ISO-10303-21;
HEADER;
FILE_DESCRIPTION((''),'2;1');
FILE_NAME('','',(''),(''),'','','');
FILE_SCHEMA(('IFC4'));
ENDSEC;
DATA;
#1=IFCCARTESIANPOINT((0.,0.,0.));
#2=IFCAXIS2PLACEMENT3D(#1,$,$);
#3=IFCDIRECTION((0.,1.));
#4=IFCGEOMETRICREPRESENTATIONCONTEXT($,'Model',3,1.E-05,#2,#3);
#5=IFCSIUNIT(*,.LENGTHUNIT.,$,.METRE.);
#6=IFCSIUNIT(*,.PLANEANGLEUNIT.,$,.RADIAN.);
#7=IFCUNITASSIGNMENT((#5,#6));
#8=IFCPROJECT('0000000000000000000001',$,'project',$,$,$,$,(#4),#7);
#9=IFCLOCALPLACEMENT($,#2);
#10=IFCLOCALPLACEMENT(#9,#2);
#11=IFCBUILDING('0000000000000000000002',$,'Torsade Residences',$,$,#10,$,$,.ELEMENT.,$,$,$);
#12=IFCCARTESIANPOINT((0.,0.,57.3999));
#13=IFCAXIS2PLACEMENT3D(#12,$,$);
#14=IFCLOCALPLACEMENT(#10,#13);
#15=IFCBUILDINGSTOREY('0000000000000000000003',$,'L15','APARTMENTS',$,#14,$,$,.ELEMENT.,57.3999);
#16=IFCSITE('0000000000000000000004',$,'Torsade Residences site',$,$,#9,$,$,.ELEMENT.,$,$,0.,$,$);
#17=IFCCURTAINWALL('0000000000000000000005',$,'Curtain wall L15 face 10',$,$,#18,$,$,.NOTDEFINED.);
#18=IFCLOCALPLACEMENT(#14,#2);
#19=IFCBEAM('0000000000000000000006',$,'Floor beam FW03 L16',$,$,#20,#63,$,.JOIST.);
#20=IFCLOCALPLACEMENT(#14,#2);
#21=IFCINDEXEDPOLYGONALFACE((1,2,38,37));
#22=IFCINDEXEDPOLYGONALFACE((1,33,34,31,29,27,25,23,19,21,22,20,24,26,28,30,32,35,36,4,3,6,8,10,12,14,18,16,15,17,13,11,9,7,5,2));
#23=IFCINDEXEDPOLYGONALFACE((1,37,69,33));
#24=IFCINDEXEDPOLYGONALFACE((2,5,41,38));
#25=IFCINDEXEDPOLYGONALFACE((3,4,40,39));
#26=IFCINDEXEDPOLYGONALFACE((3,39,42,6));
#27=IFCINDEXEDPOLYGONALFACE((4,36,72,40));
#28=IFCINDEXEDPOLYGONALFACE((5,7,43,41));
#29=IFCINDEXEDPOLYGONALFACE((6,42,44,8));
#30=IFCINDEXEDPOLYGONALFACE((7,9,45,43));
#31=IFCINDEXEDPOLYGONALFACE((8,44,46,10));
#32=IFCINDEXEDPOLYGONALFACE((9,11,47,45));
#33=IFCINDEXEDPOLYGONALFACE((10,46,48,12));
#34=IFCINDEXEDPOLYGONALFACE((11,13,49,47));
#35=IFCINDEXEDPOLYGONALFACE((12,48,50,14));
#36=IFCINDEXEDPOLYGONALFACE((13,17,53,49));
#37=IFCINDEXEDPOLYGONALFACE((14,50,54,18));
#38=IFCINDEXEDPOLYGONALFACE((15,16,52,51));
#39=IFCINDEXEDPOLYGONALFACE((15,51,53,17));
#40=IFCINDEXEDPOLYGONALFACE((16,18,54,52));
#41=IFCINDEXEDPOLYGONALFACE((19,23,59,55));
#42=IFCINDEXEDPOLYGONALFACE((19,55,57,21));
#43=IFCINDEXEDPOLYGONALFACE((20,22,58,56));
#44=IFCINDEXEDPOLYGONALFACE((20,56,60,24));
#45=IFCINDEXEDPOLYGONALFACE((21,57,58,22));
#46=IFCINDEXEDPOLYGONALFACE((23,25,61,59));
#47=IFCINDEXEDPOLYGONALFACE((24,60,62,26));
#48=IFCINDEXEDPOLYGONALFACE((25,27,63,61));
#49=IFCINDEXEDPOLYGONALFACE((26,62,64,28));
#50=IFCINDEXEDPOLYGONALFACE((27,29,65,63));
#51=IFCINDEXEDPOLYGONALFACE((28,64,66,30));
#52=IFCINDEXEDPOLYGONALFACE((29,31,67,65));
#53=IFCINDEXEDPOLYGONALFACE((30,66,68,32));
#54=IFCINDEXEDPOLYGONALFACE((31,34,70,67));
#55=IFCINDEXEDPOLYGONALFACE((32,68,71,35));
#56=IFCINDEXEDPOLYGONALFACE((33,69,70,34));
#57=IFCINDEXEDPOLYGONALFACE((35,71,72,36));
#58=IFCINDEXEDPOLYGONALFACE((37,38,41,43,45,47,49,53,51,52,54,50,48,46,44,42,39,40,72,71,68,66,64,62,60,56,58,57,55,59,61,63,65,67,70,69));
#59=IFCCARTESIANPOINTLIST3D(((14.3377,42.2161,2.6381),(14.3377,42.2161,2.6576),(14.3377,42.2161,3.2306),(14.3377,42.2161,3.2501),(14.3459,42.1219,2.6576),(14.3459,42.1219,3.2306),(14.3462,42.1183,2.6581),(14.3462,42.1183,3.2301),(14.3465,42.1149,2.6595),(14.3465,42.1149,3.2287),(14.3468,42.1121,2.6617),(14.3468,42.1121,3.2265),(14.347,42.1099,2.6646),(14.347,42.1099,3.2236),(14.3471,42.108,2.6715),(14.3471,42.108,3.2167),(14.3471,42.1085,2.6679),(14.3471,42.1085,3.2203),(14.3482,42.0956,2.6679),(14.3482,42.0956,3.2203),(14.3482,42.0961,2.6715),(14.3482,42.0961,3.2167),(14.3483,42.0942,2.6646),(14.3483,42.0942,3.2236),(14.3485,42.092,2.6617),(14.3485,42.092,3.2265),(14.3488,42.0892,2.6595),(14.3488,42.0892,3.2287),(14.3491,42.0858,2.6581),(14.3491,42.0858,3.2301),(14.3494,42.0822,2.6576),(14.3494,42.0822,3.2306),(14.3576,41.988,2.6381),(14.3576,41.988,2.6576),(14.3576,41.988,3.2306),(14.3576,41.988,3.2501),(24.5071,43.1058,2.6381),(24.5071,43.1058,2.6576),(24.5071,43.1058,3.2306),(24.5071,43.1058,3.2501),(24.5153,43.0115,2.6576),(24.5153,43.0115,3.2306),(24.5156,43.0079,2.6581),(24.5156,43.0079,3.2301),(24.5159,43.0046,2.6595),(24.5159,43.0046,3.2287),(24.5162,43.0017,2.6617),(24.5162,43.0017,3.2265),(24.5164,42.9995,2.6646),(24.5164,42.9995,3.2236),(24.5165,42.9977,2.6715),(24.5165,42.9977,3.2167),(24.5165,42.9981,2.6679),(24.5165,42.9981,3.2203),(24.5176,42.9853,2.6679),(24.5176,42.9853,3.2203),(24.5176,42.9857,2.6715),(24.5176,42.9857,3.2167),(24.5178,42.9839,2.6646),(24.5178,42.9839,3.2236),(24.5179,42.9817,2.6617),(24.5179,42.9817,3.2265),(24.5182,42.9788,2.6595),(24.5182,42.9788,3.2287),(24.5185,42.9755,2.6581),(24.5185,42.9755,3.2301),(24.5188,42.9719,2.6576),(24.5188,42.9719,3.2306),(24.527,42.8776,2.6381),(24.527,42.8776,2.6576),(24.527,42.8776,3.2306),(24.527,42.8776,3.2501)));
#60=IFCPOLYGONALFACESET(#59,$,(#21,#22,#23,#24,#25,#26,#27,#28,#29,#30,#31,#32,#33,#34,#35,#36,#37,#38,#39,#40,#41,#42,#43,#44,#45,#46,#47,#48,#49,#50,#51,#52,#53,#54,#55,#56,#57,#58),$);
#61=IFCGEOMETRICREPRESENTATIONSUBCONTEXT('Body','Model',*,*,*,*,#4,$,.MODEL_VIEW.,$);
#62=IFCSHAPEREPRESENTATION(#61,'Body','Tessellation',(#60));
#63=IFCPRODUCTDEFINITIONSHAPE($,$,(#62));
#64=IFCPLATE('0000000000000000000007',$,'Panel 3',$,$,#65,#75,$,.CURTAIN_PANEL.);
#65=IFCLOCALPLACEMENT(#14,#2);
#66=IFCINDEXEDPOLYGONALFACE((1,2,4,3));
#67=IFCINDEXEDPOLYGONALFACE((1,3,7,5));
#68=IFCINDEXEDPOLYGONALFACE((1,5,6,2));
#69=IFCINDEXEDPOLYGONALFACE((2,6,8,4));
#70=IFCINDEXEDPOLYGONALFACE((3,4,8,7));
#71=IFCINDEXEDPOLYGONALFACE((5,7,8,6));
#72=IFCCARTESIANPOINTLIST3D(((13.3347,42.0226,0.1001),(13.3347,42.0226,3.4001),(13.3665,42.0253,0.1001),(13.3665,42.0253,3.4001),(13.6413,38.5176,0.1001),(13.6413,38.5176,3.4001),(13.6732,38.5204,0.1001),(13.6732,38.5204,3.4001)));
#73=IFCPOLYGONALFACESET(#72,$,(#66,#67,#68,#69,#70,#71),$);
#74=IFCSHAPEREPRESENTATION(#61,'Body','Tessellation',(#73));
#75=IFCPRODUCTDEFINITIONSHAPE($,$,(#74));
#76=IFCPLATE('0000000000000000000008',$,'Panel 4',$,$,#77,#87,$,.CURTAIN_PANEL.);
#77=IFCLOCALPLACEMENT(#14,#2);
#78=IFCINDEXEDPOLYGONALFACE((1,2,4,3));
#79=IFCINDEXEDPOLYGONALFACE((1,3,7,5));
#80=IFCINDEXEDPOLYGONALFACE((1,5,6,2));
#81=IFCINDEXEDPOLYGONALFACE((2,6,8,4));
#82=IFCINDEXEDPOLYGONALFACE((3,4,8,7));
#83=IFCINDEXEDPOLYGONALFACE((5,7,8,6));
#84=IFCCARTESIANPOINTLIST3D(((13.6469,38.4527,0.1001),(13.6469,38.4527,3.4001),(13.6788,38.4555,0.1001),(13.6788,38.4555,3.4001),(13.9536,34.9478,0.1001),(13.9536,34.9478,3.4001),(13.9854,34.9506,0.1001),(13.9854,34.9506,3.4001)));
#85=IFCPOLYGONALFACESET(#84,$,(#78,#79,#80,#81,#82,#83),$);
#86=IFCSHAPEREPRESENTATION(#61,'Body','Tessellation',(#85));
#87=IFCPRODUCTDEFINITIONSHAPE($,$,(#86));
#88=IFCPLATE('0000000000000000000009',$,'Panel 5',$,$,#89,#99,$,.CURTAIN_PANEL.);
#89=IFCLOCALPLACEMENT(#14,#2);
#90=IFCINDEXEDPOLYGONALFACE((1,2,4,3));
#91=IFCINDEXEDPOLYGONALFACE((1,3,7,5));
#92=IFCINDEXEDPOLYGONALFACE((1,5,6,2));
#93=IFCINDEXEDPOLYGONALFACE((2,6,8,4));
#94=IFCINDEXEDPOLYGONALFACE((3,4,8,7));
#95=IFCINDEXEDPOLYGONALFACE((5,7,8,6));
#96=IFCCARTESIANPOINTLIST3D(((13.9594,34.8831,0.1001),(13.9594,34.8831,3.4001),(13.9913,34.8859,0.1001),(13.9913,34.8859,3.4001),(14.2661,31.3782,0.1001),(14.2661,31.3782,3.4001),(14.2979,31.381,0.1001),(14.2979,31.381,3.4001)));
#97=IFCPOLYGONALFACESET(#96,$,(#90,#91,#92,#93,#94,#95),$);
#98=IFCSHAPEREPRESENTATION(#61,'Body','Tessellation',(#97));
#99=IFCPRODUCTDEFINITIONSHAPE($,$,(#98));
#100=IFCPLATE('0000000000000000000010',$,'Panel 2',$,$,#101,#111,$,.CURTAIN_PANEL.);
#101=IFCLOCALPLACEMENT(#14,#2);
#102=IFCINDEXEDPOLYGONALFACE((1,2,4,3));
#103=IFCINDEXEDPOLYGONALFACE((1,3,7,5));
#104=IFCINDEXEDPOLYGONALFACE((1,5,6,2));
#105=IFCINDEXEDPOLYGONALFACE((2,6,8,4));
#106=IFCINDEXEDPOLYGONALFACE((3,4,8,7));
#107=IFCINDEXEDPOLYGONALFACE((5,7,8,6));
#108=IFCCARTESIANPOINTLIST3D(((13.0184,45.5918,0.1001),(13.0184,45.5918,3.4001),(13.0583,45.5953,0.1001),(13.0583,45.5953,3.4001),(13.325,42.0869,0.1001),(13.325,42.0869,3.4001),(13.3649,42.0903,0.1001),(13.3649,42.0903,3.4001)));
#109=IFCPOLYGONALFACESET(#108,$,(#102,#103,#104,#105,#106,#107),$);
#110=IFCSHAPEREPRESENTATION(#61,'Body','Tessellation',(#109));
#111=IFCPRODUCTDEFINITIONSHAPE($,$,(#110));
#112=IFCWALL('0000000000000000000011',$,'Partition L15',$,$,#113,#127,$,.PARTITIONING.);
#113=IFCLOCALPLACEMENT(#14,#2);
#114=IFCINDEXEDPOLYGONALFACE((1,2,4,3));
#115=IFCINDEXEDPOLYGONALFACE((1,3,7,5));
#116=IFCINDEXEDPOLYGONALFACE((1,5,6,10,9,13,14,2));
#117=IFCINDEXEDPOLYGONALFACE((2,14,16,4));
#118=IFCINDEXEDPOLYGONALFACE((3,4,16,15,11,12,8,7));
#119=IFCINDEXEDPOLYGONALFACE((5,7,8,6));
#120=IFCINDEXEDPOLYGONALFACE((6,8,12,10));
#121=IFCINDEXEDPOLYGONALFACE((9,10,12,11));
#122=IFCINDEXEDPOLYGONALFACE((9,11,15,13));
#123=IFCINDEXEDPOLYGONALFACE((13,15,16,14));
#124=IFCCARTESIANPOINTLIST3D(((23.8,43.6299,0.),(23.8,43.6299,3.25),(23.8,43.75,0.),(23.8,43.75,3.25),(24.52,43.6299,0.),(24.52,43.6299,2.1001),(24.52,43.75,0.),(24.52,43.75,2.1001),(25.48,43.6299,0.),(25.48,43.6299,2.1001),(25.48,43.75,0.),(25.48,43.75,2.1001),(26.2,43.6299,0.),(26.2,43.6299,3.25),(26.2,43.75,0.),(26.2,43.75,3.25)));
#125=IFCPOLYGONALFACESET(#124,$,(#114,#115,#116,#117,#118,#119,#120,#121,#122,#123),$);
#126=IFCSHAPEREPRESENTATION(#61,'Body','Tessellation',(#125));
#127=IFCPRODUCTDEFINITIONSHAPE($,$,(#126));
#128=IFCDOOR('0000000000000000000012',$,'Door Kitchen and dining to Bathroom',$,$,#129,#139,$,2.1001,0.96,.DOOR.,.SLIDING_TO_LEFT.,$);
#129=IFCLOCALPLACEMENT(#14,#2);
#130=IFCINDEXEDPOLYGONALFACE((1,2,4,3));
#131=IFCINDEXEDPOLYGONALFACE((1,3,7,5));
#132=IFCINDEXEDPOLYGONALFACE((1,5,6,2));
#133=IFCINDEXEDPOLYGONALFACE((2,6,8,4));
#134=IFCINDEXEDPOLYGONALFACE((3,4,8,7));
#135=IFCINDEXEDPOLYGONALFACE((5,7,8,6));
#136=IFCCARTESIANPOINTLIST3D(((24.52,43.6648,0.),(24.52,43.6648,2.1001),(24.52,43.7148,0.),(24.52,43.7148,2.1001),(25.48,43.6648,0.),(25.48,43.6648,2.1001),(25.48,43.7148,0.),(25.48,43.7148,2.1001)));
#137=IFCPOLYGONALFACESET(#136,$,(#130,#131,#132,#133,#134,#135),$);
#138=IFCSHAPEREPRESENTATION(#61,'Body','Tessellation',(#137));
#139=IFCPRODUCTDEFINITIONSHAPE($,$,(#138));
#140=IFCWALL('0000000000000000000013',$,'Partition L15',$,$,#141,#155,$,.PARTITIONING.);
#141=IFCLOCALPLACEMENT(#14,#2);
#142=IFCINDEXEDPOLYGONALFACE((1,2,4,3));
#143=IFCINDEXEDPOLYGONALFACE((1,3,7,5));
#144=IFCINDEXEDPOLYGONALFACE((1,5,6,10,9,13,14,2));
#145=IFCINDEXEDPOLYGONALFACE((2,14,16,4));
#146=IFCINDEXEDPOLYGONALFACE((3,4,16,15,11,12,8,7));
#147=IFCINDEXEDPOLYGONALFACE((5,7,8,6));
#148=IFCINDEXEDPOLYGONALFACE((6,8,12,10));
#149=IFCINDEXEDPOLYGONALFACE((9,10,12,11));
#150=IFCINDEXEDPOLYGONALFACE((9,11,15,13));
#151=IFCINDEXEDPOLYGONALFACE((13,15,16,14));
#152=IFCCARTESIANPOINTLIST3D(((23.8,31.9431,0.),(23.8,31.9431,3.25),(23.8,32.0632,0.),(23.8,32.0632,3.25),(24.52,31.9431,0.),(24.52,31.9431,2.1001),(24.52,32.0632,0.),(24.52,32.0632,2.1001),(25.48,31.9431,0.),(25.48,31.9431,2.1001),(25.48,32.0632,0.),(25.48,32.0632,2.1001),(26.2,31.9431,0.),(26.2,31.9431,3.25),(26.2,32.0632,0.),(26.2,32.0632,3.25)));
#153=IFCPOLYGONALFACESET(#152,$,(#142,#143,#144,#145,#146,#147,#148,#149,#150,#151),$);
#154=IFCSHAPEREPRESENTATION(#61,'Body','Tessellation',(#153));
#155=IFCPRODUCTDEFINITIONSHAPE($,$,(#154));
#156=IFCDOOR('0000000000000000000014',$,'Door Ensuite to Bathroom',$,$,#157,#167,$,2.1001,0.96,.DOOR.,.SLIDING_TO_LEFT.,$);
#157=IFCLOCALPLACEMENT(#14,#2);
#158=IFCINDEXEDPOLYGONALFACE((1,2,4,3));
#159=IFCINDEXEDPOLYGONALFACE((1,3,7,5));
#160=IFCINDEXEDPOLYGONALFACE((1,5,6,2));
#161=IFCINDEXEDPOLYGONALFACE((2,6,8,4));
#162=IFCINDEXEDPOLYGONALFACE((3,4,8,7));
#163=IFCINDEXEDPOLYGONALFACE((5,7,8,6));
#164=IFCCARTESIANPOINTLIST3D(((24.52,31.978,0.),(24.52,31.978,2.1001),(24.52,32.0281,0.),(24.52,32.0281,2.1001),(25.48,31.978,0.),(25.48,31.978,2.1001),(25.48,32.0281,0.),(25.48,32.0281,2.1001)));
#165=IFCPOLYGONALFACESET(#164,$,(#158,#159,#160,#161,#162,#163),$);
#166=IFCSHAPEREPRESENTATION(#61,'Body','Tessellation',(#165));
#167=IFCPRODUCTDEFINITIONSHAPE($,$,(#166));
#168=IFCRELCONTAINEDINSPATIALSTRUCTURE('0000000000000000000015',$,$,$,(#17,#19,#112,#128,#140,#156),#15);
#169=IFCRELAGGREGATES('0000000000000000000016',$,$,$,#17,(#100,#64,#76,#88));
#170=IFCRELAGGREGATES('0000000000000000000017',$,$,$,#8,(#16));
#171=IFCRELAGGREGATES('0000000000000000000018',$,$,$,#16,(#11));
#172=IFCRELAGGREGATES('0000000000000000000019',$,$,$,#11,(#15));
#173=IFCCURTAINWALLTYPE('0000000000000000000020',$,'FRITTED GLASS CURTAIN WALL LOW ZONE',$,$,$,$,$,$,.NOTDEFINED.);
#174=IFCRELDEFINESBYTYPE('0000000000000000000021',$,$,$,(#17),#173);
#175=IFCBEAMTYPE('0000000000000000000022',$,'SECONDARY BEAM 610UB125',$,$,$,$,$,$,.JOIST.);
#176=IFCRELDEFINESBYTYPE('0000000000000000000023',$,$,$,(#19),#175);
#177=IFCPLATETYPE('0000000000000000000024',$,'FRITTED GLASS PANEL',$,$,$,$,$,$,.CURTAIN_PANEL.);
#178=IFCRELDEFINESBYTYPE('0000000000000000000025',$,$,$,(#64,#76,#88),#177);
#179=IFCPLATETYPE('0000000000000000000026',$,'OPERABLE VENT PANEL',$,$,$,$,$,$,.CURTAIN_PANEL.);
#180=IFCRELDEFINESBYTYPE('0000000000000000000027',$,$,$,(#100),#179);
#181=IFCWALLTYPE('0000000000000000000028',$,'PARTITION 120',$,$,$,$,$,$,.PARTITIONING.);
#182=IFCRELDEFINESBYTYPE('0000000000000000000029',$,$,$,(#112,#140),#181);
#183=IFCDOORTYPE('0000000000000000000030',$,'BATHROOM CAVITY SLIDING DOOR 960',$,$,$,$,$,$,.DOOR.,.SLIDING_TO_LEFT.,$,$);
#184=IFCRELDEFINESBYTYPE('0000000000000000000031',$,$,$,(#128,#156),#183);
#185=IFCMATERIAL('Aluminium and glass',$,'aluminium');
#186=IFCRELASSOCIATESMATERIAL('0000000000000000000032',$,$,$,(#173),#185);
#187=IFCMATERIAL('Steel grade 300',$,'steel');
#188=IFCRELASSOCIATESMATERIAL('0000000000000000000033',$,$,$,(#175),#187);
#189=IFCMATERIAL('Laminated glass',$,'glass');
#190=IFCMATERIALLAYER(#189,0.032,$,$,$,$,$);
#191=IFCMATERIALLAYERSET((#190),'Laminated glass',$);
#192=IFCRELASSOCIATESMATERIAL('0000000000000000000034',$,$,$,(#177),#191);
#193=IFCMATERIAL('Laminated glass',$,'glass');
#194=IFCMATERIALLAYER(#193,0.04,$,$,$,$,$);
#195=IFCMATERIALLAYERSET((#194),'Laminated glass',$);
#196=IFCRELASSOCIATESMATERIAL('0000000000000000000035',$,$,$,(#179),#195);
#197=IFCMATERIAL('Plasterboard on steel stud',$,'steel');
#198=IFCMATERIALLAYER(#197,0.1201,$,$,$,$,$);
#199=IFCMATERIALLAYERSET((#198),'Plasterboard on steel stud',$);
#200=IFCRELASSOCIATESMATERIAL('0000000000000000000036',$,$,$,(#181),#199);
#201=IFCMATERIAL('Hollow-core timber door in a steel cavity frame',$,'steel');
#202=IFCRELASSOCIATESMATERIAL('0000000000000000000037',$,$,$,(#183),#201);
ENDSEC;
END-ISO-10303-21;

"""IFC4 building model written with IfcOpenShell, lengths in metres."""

from ifc_helpers import new_model, si_unit, direction, frame, frame_2d, origin, origin_2d, place, context, subcontext, project, spatial, rectangle, i_section, extrude, material, layer, layer_set, material_profile, profile_set, type_object, element, fill, aggregate, save


model = new_model("IFC4")

# Units and contexts
model_context = context("Model", 3, precision=1e-05, world=origin(), true_north=direction((0.0, 1.0)))
body_context = subcontext(model_context, "Body", "Model", "MODEL_VIEW")
ifc_project = project(units=[si_unit("LENGTHUNIT", "METRE"), si_unit("PLANEANGLEUNIT", "RADIAN")], contexts=[model_context])

# Site, building, storey
site_placement = place(None, origin())
site = spatial("IfcSite", under=ifc_project, at=site_placement, Name="Torsade Residences site", CompositionType="ELEMENT", RefElevation=0.0)
building_placement = place(site_placement, origin())
building = spatial("IfcBuilding", under=site, at=building_placement, Name="Torsade Residences", CompositionType="ELEMENT")
storey_placement = place(building_placement, frame((0.0, 0.0, 57.3999)))
storey = spatial("IfcBuildingStorey", under=building, at=storey_placement, Name="L15", Description="APARTMENTS", CompositionType="ELEMENT", Elevation=57.3999)

# Curtain wall
ifc_material_1 = material(Name="Aluminium and glass", Category="aluminium")
curtain_wall_type = type_object("IfcCurtainWallType", Name="FRITTED GLASS CURTAIN WALL LOW ZONE", PredefinedType="NOTDEFINED", material=ifc_material_1)
curtain_wall_placement = place(storey_placement, origin())
curtain_wall = element("IfcCurtainWall", 1, at=curtain_wall_placement, inside=storey, type_object=curtain_wall_type, Name="Curtain wall L15 face 10", PredefinedType="NOTDEFINED")

# Beam
ifc_material_2 = material(Name="Steel grade 300", Category="steel")
ifc_material_profile_1 = material_profile(ifc_material_2, i_section(OverallWidth=0.229, OverallDepth=0.6121, WebThickness=0.012, FlangeThickness=0.0195, FilletRadius=0.0139, at=origin_2d()), Name="610UB125")
ifc_profile_set_1 = profile_set([ifc_material_profile_1], Name="Steel grade 300")
beam_type_1 = type_object("IfcBeamType", Name="SECONDARY BEAM 610UB125", PredefinedType="JOIST", material=ifc_profile_set_1)
beam_1_placement = place(storey_placement, frame((14.3477, 42.1021, 2.9441), z_axis=(0.996195, 0.08715, 0.0), x_axis=(-0.08715, 0.996195, 0.0)))
element("IfcBeam", 2, at=beam_1_placement, inside=storey, type_object=beam_type_1, Name="Floor beam FW03 L16", PredefinedType="JOIST", context=body_context, shape_type="SweptSolid", body=[
    extrude(i_section(OverallWidth=0.229, OverallDepth=0.6121, WebThickness=0.012, FlangeThickness=0.0195, FilletRadius=0.0139, at=origin_2d()), origin(), (0.0, 0.0, 1.0), 10.2083),
])

# Plates
ifc_material_3 = material(Name="Laminated glass", Category="glass")
ifc_layer_1 = layer(ifc_material_3, 0.032)
ifc_layer_set_1 = layer_set([ifc_layer_1], Name="Laminated glass")
plate_type_1 = type_object("IfcPlateType", Name="FRITTED GLASS PANEL", PredefinedType="CURTAIN_PANEL", material=ifc_layer_set_1)
plate_1_placement = place(storey_placement, frame((13.5039, 40.2715, 0.1001), z_axis=(0.0, 0.0, 1.0), x_axis=(0.087156, -0.996195, 0.0)))
plate_1 = element("IfcPlate", 3, at=plate_1_placement, type_object=plate_type_1, Name="Panel 3", PredefinedType="CURTAIN_PANEL", context=body_context, shape_type="SweptSolid", body=[
    extrude(rectangle(XDim=3.5183, YDim=0.032, at=origin_2d()), origin(), (0.0, 0.0, 1.0), 3.3),
])
plate_2_placement = place(storey_placement, frame((13.8162, 36.7017, 0.1001), z_axis=(0.0, 0.0, 1.0), x_axis=(0.087156, -0.996195, 0.0)))
plate_2 = element("IfcPlate", 4, at=plate_2_placement, type_object=plate_type_1, Name="Panel 4", PredefinedType="CURTAIN_PANEL", context=body_context, shape_type="SweptSolid", body=[
    extrude(rectangle(XDim=3.5183, YDim=0.032, at=origin_2d()), origin(), (0.0, 0.0, 1.0), 3.3),
])
plate_3_placement = place(storey_placement, frame((14.1287, 33.1321, 0.1001), z_axis=(0.0, 0.0, 1.0), x_axis=(0.087156, -0.996195, 0.0)))
plate_3 = element("IfcPlate", 5, at=plate_3_placement, type_object=plate_type_1, Name="Panel 5", PredefinedType="CURTAIN_PANEL", context=body_context, shape_type="SweptSolid", body=[
    extrude(rectangle(XDim=3.5183, YDim=0.032, at=origin_2d()), origin(), (0.0, 0.0, 1.0), 3.3),
])
ifc_material_4 = material(Name="Laminated glass", Category="glass")
ifc_layer_2 = layer(ifc_material_4, 0.04)
ifc_layer_set_2 = layer_set([ifc_layer_2], Name="Laminated glass")
plate_type_2 = type_object("IfcPlateType", Name="OPERABLE VENT PANEL", PredefinedType="CURTAIN_PANEL", material=ifc_layer_set_2)
plate_4_placement = place(storey_placement, frame((13.1917, 43.8411, 0.1001), z_axis=(0.0, 0.0, 1.0), x_axis=(0.087156, -0.996195, 0.0)))
plate_4 = element("IfcPlate", 6, at=plate_4_placement, type_object=plate_type_2, Name="Panel 2", PredefinedType="CURTAIN_PANEL", context=body_context, shape_type="SweptSolid", body=[
    extrude(rectangle(XDim=3.5183, YDim=0.04, at=origin_2d()), origin(), (0.0, 0.0, 1.0), 3.3),
])
aggregate(curtain_wall, [plate_4, plate_1, plate_2, plate_3])

# Walls, openings, doors
ifc_material_5 = material(Name="Plasterboard on steel stud", Category="steel")
ifc_layer_3 = layer(ifc_material_5, 0.1201)
ifc_layer_set_3 = layer_set([ifc_layer_3], Name="Plasterboard on steel stud")
wall_type_1 = type_object("IfcWallType", Name="PARTITION 120", PredefinedType="PARTITIONING", material=ifc_layer_set_3)
wall_1_placement = place(storey_placement, frame((23.8, 43.6899, 0.0), z_axis=(0.0, 0.0, 1.0), x_axis=(1.0, 0.0, 0.0)))
wall_1 = element("IfcWall", 7, at=wall_1_placement, inside=storey, type_object=wall_type_1, Name="Partition L15", PredefinedType="PARTITIONING", context=body_context, shape_type="SweptSolid", body=[
    extrude(rectangle(XDim=2.3999, YDim=0.1201, at=frame_2d((1.2, 0.0))), origin(), (0.0, 0.0, 1.0), 3.25),
])
opening_1_placement = place(wall_1_placement, frame((0.72, 0.0, 0.0)))
opening_1 = element("IfcOpeningElement", 8, at=opening_1_placement, cuts=wall_1, PredefinedType="OPENING", context=body_context, shape_type="SweptSolid", body=[
    extrude(rectangle(XDim=0.96, YDim=2.1001, at=frame_2d((0.48, 1.05))), frame((0.0, 0.0701, 0.0), z_axis=(0.0, -1.0, 0.0), x_axis=(1.0, 0.0, 0.0)), (0.0, 0.0, 1.0), 0.1401),
])
ifc_material_6 = material(Name="Hollow-core timber door in a steel cavity frame", Category="steel")
door_type_1 = type_object("IfcDoorType", Name="BATHROOM CAVITY SLIDING DOOR 960", OperationType="SLIDING_TO_LEFT", PredefinedType="DOOR", material=ifc_material_6)
door_1_placement = place(opening_1_placement, origin())
door_1 = element("IfcDoor", 9, at=door_1_placement, inside=storey, type_object=door_type_1, Name="Door Kitchen and dining to Bathroom", OperationType="SLIDING_TO_LEFT", OverallHeight=2.1001, OverallWidth=0.96, PredefinedType="DOOR", context=body_context, shape_type="SweptSolid", body=[
    extrude(rectangle(XDim=0.96, YDim=2.1001, at=frame_2d((0.48, 1.05))), frame((0.0, 0.0249, 0.0), z_axis=(0.0, -1.0, 0.0), x_axis=(1.0, 0.0, 0.0)), (0.0, 0.0, 1.0), 0.05),
])
fill(opening_1, door_1)
wall_2_placement = place(storey_placement, frame((23.8, 32.0032, 0.0), z_axis=(0.0, 0.0, 1.0), x_axis=(1.0, 0.0, 0.0)))
wall_2 = element("IfcWall", 10, at=wall_2_placement, inside=storey, type_object=wall_type_1, Name="Partition L15", PredefinedType="PARTITIONING", context=body_context, shape_type="SweptSolid", body=[
    extrude(rectangle(XDim=2.3999, YDim=0.1201, at=frame_2d((1.2, 0.0))), origin(), (0.0, 0.0, 1.0), 3.25),
])
opening_2_placement = place(wall_2_placement, frame((0.72, 0.0, 0.0)))
opening_2 = element("IfcOpeningElement", 11, at=opening_2_placement, cuts=wall_2, PredefinedType="OPENING", context=body_context, shape_type="SweptSolid", body=[
    extrude(rectangle(XDim=0.96, YDim=2.1001, at=frame_2d((0.48, 1.05))), frame((0.0, 0.0701, 0.0), z_axis=(0.0, -1.0, 0.0), x_axis=(1.0, 0.0, 0.0)), (0.0, 0.0, 1.0), 0.1401),
])
door_2_placement = place(opening_2_placement, origin())
door_2 = element("IfcDoor", 12, at=door_2_placement, inside=storey, type_object=door_type_1, Name="Door Ensuite to Bathroom", OperationType="SLIDING_TO_LEFT", OverallHeight=2.1001, OverallWidth=0.96, PredefinedType="DOOR", context=body_context, shape_type="SweptSolid", body=[
    extrude(rectangle(XDim=0.96, YDim=2.1001, at=frame_2d((0.48, 1.05))), frame((0.0, 0.0249, 0.0), z_axis=(0.0, -1.0, 0.0), x_axis=(1.0, 0.0, 0.0)), (0.0, 0.0, 1.0), 0.05),
])
fill(opening_2, door_2)

save(model, "model.ifc")
